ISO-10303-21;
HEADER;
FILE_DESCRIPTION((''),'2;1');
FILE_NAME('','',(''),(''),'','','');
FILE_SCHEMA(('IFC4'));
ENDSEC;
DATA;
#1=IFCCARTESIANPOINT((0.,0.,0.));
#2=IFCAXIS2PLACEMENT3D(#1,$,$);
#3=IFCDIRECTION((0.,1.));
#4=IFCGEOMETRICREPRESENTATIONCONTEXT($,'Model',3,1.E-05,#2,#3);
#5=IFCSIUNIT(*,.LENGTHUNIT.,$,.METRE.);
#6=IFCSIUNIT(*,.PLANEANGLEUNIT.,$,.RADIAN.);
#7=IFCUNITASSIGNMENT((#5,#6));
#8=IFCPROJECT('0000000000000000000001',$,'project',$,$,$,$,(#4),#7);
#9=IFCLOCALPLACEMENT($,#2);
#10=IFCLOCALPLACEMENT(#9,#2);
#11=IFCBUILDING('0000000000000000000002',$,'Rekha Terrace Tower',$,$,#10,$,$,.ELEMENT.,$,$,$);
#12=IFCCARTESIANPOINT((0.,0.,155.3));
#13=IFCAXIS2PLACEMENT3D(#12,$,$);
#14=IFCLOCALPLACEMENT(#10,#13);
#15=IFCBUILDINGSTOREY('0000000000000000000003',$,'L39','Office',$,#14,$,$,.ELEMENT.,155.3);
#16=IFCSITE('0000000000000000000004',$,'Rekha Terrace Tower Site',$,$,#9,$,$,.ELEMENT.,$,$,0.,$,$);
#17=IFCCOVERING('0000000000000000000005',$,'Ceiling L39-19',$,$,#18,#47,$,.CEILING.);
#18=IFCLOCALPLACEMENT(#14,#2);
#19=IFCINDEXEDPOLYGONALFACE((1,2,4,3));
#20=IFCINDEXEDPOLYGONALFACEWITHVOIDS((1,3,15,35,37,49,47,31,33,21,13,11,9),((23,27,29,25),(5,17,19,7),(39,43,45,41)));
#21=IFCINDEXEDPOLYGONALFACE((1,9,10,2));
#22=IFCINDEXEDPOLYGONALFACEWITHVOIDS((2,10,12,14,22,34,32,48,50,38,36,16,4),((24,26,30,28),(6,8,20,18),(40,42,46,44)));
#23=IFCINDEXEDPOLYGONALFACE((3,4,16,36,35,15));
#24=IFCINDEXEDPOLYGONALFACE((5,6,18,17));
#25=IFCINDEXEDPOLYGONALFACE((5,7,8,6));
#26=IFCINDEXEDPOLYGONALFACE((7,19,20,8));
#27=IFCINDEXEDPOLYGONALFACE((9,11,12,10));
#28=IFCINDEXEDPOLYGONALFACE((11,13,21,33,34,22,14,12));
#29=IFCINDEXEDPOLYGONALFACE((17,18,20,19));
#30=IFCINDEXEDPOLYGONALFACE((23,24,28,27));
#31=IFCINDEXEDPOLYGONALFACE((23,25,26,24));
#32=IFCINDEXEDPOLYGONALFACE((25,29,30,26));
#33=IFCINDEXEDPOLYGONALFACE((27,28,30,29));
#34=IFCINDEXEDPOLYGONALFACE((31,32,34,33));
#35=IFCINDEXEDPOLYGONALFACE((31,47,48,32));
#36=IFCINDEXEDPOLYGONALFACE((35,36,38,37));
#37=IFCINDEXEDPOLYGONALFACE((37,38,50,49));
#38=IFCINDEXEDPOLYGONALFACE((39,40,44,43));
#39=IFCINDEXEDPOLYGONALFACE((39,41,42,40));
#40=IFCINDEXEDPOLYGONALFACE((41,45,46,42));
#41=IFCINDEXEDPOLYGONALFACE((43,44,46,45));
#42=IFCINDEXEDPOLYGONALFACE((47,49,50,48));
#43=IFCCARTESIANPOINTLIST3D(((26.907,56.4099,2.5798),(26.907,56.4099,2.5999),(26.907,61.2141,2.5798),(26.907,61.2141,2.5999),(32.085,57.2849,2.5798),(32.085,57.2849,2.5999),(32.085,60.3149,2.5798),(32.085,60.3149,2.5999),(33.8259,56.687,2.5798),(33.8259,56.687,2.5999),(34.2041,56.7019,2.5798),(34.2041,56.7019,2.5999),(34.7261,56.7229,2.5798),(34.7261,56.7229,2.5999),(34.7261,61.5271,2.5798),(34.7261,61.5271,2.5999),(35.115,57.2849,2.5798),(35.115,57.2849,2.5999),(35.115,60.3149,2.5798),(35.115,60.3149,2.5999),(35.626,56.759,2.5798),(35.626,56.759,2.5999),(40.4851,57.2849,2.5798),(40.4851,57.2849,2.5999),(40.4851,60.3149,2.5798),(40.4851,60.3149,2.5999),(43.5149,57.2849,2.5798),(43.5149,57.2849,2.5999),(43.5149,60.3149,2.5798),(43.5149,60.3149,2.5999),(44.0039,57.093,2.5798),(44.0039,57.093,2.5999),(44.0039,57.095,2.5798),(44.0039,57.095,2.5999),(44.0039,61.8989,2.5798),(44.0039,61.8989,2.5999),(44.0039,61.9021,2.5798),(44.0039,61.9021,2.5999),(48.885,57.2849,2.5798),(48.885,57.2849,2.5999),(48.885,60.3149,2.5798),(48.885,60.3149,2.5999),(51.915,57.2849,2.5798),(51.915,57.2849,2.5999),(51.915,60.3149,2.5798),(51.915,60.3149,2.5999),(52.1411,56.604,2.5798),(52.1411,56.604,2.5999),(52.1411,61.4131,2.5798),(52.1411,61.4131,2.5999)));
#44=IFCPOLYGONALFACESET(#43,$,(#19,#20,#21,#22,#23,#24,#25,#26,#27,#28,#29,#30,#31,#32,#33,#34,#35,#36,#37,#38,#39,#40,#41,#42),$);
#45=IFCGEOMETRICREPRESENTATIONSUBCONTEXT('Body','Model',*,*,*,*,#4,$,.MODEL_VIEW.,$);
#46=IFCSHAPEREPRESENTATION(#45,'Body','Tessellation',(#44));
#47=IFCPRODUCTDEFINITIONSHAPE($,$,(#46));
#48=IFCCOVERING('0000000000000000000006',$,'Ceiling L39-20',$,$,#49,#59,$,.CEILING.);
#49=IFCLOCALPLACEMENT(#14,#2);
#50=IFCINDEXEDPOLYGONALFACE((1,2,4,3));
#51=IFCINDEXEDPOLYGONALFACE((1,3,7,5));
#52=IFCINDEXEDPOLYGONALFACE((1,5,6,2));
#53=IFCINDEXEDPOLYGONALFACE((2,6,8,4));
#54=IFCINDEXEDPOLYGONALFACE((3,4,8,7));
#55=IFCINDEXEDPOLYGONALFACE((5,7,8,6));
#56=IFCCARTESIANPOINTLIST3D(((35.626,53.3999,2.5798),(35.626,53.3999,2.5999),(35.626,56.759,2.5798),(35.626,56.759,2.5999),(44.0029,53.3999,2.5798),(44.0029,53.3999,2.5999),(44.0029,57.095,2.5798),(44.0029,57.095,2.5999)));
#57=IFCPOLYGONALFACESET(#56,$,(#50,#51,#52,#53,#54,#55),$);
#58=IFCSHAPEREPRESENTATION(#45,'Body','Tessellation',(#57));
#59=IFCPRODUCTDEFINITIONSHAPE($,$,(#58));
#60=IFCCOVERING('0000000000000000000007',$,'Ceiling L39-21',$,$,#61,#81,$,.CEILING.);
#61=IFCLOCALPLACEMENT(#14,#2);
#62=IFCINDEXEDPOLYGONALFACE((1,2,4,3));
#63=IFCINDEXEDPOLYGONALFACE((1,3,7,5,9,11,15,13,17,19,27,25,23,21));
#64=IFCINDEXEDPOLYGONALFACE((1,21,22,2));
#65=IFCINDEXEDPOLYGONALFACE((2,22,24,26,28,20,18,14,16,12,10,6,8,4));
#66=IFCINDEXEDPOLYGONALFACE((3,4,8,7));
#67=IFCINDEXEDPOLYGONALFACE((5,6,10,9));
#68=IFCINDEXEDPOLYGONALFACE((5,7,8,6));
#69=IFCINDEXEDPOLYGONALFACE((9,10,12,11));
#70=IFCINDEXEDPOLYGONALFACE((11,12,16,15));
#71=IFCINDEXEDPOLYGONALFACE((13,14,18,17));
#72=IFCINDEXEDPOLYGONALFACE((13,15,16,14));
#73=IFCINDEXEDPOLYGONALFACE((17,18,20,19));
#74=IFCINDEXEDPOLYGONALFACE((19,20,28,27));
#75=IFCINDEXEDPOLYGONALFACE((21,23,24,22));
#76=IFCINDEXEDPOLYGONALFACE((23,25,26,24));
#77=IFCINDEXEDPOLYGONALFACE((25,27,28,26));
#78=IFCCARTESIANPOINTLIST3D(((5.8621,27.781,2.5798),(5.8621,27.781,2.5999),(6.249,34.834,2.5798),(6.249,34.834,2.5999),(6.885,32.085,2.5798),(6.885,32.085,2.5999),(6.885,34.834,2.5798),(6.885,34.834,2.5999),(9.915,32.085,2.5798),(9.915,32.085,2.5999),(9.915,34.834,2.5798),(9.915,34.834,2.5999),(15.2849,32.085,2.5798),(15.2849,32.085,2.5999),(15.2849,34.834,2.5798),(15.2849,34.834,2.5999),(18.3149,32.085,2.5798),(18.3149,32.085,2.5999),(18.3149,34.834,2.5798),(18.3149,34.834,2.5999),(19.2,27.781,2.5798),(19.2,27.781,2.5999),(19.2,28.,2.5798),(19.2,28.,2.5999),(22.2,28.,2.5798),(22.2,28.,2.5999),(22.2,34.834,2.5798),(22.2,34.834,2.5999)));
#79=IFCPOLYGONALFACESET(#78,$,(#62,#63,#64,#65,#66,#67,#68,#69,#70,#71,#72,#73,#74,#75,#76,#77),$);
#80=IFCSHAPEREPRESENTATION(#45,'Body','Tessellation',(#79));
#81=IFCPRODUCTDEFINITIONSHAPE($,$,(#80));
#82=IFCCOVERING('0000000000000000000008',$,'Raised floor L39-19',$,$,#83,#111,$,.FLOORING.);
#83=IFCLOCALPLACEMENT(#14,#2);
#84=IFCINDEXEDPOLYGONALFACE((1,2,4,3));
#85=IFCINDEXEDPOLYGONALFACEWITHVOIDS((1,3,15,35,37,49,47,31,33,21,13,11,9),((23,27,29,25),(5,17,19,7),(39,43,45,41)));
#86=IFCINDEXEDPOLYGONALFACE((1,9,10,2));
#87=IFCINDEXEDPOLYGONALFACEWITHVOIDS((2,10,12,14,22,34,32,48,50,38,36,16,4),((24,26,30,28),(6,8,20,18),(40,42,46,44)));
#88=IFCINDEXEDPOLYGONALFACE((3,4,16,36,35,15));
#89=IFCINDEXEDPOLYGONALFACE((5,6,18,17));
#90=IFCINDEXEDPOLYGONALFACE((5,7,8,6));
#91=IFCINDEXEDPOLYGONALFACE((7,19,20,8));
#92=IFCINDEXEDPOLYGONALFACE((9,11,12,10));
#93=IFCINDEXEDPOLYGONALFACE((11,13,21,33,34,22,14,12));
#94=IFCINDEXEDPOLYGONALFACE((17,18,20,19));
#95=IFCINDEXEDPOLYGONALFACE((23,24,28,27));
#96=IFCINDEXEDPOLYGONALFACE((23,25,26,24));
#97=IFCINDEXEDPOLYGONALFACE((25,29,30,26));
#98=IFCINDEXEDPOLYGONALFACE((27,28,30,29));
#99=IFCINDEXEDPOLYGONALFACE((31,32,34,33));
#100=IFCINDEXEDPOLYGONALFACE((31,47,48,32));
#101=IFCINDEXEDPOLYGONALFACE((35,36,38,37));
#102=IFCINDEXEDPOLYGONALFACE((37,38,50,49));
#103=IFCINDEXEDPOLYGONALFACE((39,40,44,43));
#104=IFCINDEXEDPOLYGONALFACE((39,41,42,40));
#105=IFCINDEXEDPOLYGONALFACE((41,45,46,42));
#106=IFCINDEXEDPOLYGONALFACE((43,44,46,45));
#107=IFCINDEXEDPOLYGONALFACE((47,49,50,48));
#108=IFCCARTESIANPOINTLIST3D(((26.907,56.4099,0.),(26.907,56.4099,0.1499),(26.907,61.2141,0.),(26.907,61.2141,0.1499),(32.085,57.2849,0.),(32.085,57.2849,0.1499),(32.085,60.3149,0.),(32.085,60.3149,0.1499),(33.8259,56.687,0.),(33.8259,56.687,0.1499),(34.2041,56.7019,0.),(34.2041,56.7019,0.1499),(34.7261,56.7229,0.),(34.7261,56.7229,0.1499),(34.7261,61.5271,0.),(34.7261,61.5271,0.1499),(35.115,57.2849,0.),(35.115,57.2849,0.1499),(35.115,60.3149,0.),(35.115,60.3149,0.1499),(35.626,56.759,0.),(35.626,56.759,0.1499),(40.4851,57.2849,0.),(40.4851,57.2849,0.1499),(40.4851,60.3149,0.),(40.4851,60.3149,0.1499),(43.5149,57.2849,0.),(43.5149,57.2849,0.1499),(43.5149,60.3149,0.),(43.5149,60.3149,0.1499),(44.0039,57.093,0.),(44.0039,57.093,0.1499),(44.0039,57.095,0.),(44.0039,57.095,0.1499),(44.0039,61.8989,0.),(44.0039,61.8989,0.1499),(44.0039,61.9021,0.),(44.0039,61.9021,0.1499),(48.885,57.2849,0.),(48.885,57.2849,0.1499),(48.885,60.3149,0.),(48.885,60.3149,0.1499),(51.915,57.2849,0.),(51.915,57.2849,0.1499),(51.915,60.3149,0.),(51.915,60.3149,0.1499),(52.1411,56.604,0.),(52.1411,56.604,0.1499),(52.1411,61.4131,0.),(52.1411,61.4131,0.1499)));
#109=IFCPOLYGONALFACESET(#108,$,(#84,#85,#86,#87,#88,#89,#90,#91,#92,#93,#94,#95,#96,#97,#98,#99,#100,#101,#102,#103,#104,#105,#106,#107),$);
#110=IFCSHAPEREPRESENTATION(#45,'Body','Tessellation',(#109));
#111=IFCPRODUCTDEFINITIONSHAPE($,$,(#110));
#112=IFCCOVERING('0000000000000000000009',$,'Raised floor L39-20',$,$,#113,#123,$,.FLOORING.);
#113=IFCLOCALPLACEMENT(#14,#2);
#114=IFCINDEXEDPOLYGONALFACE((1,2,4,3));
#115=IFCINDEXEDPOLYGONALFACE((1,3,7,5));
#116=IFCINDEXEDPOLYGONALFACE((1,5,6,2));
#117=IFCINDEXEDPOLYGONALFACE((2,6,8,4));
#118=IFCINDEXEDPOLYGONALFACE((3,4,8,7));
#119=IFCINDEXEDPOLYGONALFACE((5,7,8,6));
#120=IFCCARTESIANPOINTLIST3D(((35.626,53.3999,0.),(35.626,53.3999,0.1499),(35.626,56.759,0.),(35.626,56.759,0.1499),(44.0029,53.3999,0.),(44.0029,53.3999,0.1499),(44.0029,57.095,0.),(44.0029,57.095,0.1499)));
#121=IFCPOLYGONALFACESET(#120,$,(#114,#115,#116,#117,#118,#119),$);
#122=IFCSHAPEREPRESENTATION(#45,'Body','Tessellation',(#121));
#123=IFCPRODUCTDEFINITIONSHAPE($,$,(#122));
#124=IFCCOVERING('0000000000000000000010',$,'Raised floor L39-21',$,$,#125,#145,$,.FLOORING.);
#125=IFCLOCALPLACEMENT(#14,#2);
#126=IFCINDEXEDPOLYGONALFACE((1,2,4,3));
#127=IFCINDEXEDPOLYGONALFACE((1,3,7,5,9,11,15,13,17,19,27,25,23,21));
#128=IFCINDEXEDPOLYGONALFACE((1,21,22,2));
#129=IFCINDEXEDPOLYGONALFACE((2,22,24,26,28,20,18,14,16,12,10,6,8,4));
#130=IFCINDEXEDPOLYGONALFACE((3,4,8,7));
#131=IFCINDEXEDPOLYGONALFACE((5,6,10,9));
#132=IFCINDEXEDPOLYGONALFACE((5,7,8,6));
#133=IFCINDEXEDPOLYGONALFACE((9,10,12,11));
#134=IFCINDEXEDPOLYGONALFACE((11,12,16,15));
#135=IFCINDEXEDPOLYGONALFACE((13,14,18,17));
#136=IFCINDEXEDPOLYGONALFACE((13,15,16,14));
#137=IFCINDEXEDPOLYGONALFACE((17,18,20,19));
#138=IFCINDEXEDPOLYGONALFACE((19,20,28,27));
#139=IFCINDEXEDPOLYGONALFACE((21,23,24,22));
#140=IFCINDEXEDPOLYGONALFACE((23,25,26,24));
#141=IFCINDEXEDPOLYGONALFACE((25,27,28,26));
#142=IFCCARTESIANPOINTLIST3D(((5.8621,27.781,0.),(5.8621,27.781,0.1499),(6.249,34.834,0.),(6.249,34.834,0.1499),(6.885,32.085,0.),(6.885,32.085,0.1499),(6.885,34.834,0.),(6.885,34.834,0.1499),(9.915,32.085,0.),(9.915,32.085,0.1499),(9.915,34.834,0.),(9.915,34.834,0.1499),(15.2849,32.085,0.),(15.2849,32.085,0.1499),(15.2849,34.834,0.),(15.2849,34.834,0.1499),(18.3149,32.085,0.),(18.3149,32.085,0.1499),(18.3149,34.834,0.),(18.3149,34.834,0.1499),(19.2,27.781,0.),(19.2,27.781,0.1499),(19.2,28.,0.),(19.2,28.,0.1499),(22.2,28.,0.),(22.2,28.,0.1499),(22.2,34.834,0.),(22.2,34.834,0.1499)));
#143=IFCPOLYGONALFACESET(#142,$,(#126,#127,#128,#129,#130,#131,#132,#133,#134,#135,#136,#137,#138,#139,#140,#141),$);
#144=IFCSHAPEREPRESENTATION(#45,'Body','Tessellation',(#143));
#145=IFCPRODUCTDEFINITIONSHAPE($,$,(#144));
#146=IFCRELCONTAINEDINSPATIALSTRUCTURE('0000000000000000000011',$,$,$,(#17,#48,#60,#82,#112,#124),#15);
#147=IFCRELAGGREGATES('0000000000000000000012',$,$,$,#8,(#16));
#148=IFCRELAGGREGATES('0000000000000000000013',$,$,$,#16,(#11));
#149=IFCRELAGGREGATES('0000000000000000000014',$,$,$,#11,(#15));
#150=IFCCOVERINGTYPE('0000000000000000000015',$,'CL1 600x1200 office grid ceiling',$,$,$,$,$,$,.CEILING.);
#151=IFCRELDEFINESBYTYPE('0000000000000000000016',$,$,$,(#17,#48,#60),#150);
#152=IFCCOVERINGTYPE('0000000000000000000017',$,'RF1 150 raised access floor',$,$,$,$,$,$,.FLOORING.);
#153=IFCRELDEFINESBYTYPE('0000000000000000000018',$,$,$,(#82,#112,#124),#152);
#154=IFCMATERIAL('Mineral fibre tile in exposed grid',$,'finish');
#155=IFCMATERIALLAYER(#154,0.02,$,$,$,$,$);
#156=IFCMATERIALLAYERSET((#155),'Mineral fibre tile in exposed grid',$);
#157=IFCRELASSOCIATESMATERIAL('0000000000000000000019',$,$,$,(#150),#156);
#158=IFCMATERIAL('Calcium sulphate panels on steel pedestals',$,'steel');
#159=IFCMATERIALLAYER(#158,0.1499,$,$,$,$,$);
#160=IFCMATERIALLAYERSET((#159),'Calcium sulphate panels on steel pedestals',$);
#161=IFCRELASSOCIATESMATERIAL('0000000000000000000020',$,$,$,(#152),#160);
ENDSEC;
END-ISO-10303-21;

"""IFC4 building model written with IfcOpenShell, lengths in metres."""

from ifc_helpers import new_model, si_unit, direction, frame, origin, place, context, subcontext, project, spatial, polyline, outline, extrude, material, layer, layer_set, type_object, element, save


model = new_model("IFC4")

# Units and contexts
model_context = context("Model", 3, precision=1e-05, world=origin(), true_north=direction((0.0, 1.0)))
body_context = subcontext(model_context, "Body", "Model", "MODEL_VIEW")
ifc_project = project(units=[si_unit("LENGTHUNIT", "METRE"), si_unit("PLANEANGLEUNIT", "RADIAN")], contexts=[model_context])

# Site, building, storey
site_placement = place(None, origin())
site = spatial("IfcSite", under=ifc_project, at=site_placement, Name="Rekha Terrace Tower Site", CompositionType="ELEMENT", RefElevation=0.0)
building_placement = place(site_placement, origin())
building = spatial("IfcBuilding", under=site, at=building_placement, Name="Rekha Terrace Tower", CompositionType="ELEMENT")
storey_placement = place(building_placement, frame((0.0, 0.0, 155.3)))
storey = spatial("IfcBuildingStorey", under=building, at=storey_placement, Name="L39", Description="Office", CompositionType="ELEMENT", Elevation=155.3)

# Coverings
ifc_material_1 = material(Name="Mineral fibre tile in exposed grid", Category="finish")
ifc_layer_1 = layer(ifc_material_1, 0.02)
ifc_layer_set_1 = layer_set([ifc_layer_1], Name="Mineral fibre tile in exposed grid")
covering_type_1 = type_object("IfcCoveringType", Name="CL1 600x1200 office grid ceiling", PredefinedType="CEILING", material=ifc_layer_set_1)
covering_1_placement = place(storey_placement, frame((0.0, 0.0, 2.5798)))
element("IfcCovering", 1, at=covering_1_placement, inside=storey, type_object=covering_type_1, Name="Ceiling L39-19", PredefinedType="CEILING", context=body_context, shape_type="SweptSolid", body=[
    extrude(outline(polyline([(34.7261, 56.7229), (35.626, 56.759), (44.0039, 57.095), (44.0039, 57.093), (52.1411, 56.604), (52.1411, 61.4131), (44.0039, 61.9021), (44.0039, 61.8989), (34.7261, 61.5271), (26.907, 61.2141), (26.907, 56.4099), (33.8259, 56.687), (34.2041, 56.7019), (34.7261, 56.7229)]), holes=[polyline([(51.915, 57.2849), (48.885, 57.2849), (48.885, 60.3149), (51.915, 60.3149), (51.915, 57.2849)]), polyline([(43.5149, 57.2849), (40.4851, 57.2849), (40.4851, 60.3149), (43.5149, 60.3149), (43.5149, 57.2849)]), polyline([(35.115, 57.2849), (32.085, 57.2849), (32.085, 60.3149), (35.115, 60.3149), (35.115, 57.2849)])]), origin(), (0.0, 0.0, 1.0), 0.02),
])
covering_2_placement = place(storey_placement, frame((0.0, 0.0, 2.5798)))
element("IfcCovering", 2, at=covering_2_placement, inside=storey, type_object=covering_type_1, Name="Ceiling L39-20", PredefinedType="CEILING", context=body_context, shape_type="SweptSolid", body=[
    extrude(outline(polyline([(44.0029, 57.095), (35.626, 56.759), (35.626, 53.3999), (44.0029, 53.3999), (44.0029, 57.095)])), origin(), (0.0, 0.0, 1.0), 0.02),
])
covering_3_placement = place(storey_placement, frame((0.0, 0.0, 2.5798)))
element("IfcCovering", 3, at=covering_3_placement, inside=storey, type_object=covering_type_1, Name="Ceiling L39-21", PredefinedType="CEILING", context=body_context, shape_type="SweptSolid", body=[
    extrude(outline(polyline([(19.2, 27.781), (19.2, 28.0), (22.2, 28.0), (22.2, 34.834), (18.3149, 34.834), (18.3149, 32.085), (15.2849, 32.085), (15.2849, 34.834), (9.915, 34.834), (9.915, 32.085), (6.885, 32.085), (6.885, 34.834), (6.249, 34.834), (5.8621, 27.781), (19.2, 27.781)])), origin(), (0.0, 0.0, 1.0), 0.02),
])
ifc_material_2 = material(Name="Calcium sulphate panels on steel pedestals", Category="steel")
ifc_layer_2 = layer(ifc_material_2, 0.1499)
ifc_layer_set_2 = layer_set([ifc_layer_2], Name="Calcium sulphate panels on steel pedestals")
covering_type_2 = type_object("IfcCoveringType", Name="RF1 150 raised access floor", PredefinedType="FLOORING", material=ifc_layer_set_2)
covering_4_placement = place(storey_placement, origin())
element("IfcCovering", 4, at=covering_4_placement, inside=storey, type_object=covering_type_2, Name="Raised floor L39-19", PredefinedType="FLOORING", context=body_context, shape_type="SweptSolid", body=[
    extrude(outline(polyline([(34.7261, 56.7229), (35.626, 56.759), (44.0039, 57.095), (44.0039, 57.093), (52.1411, 56.604), (52.1411, 61.4131), (44.0039, 61.9021), (44.0039, 61.8989), (34.7261, 61.5271), (26.907, 61.2141), (26.907, 56.4099), (33.8259, 56.687), (34.2041, 56.7019), (34.7261, 56.7229)]), holes=[polyline([(51.915, 57.2849), (48.885, 57.2849), (48.885, 60.3149), (51.915, 60.3149), (51.915, 57.2849)]), polyline([(43.5149, 57.2849), (40.4851, 57.2849), (40.4851, 60.3149), (43.5149, 60.3149), (43.5149, 57.2849)]), polyline([(35.115, 57.2849), (32.085, 57.2849), (32.085, 60.3149), (35.115, 60.3149), (35.115, 57.2849)])]), origin(), (0.0, 0.0, 1.0), 0.1499),
])
covering_5_placement = place(storey_placement, origin())
element("IfcCovering", 5, at=covering_5_placement, inside=storey, type_object=covering_type_2, Name="Raised floor L39-20", PredefinedType="FLOORING", context=body_context, shape_type="SweptSolid", body=[
    extrude(outline(polyline([(44.0029, 57.095), (35.626, 56.759), (35.626, 53.3999), (44.0029, 53.3999), (44.0029, 57.095)])), origin(), (0.0, 0.0, 1.0), 0.1499),
])
covering_6_placement = place(storey_placement, origin())
element("IfcCovering", 6, at=covering_6_placement, inside=storey, type_object=covering_type_2, Name="Raised floor L39-21", PredefinedType="FLOORING", context=body_context, shape_type="SweptSolid", body=[
    extrude(outline(polyline([(19.2, 27.781), (19.2, 28.0), (22.2, 28.0), (22.2, 34.834), (18.3149, 34.834), (18.3149, 32.085), (15.2849, 32.085), (15.2849, 34.834), (9.915, 34.834), (9.915, 32.085), (6.885, 32.085), (6.885, 34.834), (6.249, 34.834), (5.8621, 27.781), (19.2, 27.781)])), origin(), (0.0, 0.0, 1.0), 0.1499),
])

save(model, "model.ifc")
